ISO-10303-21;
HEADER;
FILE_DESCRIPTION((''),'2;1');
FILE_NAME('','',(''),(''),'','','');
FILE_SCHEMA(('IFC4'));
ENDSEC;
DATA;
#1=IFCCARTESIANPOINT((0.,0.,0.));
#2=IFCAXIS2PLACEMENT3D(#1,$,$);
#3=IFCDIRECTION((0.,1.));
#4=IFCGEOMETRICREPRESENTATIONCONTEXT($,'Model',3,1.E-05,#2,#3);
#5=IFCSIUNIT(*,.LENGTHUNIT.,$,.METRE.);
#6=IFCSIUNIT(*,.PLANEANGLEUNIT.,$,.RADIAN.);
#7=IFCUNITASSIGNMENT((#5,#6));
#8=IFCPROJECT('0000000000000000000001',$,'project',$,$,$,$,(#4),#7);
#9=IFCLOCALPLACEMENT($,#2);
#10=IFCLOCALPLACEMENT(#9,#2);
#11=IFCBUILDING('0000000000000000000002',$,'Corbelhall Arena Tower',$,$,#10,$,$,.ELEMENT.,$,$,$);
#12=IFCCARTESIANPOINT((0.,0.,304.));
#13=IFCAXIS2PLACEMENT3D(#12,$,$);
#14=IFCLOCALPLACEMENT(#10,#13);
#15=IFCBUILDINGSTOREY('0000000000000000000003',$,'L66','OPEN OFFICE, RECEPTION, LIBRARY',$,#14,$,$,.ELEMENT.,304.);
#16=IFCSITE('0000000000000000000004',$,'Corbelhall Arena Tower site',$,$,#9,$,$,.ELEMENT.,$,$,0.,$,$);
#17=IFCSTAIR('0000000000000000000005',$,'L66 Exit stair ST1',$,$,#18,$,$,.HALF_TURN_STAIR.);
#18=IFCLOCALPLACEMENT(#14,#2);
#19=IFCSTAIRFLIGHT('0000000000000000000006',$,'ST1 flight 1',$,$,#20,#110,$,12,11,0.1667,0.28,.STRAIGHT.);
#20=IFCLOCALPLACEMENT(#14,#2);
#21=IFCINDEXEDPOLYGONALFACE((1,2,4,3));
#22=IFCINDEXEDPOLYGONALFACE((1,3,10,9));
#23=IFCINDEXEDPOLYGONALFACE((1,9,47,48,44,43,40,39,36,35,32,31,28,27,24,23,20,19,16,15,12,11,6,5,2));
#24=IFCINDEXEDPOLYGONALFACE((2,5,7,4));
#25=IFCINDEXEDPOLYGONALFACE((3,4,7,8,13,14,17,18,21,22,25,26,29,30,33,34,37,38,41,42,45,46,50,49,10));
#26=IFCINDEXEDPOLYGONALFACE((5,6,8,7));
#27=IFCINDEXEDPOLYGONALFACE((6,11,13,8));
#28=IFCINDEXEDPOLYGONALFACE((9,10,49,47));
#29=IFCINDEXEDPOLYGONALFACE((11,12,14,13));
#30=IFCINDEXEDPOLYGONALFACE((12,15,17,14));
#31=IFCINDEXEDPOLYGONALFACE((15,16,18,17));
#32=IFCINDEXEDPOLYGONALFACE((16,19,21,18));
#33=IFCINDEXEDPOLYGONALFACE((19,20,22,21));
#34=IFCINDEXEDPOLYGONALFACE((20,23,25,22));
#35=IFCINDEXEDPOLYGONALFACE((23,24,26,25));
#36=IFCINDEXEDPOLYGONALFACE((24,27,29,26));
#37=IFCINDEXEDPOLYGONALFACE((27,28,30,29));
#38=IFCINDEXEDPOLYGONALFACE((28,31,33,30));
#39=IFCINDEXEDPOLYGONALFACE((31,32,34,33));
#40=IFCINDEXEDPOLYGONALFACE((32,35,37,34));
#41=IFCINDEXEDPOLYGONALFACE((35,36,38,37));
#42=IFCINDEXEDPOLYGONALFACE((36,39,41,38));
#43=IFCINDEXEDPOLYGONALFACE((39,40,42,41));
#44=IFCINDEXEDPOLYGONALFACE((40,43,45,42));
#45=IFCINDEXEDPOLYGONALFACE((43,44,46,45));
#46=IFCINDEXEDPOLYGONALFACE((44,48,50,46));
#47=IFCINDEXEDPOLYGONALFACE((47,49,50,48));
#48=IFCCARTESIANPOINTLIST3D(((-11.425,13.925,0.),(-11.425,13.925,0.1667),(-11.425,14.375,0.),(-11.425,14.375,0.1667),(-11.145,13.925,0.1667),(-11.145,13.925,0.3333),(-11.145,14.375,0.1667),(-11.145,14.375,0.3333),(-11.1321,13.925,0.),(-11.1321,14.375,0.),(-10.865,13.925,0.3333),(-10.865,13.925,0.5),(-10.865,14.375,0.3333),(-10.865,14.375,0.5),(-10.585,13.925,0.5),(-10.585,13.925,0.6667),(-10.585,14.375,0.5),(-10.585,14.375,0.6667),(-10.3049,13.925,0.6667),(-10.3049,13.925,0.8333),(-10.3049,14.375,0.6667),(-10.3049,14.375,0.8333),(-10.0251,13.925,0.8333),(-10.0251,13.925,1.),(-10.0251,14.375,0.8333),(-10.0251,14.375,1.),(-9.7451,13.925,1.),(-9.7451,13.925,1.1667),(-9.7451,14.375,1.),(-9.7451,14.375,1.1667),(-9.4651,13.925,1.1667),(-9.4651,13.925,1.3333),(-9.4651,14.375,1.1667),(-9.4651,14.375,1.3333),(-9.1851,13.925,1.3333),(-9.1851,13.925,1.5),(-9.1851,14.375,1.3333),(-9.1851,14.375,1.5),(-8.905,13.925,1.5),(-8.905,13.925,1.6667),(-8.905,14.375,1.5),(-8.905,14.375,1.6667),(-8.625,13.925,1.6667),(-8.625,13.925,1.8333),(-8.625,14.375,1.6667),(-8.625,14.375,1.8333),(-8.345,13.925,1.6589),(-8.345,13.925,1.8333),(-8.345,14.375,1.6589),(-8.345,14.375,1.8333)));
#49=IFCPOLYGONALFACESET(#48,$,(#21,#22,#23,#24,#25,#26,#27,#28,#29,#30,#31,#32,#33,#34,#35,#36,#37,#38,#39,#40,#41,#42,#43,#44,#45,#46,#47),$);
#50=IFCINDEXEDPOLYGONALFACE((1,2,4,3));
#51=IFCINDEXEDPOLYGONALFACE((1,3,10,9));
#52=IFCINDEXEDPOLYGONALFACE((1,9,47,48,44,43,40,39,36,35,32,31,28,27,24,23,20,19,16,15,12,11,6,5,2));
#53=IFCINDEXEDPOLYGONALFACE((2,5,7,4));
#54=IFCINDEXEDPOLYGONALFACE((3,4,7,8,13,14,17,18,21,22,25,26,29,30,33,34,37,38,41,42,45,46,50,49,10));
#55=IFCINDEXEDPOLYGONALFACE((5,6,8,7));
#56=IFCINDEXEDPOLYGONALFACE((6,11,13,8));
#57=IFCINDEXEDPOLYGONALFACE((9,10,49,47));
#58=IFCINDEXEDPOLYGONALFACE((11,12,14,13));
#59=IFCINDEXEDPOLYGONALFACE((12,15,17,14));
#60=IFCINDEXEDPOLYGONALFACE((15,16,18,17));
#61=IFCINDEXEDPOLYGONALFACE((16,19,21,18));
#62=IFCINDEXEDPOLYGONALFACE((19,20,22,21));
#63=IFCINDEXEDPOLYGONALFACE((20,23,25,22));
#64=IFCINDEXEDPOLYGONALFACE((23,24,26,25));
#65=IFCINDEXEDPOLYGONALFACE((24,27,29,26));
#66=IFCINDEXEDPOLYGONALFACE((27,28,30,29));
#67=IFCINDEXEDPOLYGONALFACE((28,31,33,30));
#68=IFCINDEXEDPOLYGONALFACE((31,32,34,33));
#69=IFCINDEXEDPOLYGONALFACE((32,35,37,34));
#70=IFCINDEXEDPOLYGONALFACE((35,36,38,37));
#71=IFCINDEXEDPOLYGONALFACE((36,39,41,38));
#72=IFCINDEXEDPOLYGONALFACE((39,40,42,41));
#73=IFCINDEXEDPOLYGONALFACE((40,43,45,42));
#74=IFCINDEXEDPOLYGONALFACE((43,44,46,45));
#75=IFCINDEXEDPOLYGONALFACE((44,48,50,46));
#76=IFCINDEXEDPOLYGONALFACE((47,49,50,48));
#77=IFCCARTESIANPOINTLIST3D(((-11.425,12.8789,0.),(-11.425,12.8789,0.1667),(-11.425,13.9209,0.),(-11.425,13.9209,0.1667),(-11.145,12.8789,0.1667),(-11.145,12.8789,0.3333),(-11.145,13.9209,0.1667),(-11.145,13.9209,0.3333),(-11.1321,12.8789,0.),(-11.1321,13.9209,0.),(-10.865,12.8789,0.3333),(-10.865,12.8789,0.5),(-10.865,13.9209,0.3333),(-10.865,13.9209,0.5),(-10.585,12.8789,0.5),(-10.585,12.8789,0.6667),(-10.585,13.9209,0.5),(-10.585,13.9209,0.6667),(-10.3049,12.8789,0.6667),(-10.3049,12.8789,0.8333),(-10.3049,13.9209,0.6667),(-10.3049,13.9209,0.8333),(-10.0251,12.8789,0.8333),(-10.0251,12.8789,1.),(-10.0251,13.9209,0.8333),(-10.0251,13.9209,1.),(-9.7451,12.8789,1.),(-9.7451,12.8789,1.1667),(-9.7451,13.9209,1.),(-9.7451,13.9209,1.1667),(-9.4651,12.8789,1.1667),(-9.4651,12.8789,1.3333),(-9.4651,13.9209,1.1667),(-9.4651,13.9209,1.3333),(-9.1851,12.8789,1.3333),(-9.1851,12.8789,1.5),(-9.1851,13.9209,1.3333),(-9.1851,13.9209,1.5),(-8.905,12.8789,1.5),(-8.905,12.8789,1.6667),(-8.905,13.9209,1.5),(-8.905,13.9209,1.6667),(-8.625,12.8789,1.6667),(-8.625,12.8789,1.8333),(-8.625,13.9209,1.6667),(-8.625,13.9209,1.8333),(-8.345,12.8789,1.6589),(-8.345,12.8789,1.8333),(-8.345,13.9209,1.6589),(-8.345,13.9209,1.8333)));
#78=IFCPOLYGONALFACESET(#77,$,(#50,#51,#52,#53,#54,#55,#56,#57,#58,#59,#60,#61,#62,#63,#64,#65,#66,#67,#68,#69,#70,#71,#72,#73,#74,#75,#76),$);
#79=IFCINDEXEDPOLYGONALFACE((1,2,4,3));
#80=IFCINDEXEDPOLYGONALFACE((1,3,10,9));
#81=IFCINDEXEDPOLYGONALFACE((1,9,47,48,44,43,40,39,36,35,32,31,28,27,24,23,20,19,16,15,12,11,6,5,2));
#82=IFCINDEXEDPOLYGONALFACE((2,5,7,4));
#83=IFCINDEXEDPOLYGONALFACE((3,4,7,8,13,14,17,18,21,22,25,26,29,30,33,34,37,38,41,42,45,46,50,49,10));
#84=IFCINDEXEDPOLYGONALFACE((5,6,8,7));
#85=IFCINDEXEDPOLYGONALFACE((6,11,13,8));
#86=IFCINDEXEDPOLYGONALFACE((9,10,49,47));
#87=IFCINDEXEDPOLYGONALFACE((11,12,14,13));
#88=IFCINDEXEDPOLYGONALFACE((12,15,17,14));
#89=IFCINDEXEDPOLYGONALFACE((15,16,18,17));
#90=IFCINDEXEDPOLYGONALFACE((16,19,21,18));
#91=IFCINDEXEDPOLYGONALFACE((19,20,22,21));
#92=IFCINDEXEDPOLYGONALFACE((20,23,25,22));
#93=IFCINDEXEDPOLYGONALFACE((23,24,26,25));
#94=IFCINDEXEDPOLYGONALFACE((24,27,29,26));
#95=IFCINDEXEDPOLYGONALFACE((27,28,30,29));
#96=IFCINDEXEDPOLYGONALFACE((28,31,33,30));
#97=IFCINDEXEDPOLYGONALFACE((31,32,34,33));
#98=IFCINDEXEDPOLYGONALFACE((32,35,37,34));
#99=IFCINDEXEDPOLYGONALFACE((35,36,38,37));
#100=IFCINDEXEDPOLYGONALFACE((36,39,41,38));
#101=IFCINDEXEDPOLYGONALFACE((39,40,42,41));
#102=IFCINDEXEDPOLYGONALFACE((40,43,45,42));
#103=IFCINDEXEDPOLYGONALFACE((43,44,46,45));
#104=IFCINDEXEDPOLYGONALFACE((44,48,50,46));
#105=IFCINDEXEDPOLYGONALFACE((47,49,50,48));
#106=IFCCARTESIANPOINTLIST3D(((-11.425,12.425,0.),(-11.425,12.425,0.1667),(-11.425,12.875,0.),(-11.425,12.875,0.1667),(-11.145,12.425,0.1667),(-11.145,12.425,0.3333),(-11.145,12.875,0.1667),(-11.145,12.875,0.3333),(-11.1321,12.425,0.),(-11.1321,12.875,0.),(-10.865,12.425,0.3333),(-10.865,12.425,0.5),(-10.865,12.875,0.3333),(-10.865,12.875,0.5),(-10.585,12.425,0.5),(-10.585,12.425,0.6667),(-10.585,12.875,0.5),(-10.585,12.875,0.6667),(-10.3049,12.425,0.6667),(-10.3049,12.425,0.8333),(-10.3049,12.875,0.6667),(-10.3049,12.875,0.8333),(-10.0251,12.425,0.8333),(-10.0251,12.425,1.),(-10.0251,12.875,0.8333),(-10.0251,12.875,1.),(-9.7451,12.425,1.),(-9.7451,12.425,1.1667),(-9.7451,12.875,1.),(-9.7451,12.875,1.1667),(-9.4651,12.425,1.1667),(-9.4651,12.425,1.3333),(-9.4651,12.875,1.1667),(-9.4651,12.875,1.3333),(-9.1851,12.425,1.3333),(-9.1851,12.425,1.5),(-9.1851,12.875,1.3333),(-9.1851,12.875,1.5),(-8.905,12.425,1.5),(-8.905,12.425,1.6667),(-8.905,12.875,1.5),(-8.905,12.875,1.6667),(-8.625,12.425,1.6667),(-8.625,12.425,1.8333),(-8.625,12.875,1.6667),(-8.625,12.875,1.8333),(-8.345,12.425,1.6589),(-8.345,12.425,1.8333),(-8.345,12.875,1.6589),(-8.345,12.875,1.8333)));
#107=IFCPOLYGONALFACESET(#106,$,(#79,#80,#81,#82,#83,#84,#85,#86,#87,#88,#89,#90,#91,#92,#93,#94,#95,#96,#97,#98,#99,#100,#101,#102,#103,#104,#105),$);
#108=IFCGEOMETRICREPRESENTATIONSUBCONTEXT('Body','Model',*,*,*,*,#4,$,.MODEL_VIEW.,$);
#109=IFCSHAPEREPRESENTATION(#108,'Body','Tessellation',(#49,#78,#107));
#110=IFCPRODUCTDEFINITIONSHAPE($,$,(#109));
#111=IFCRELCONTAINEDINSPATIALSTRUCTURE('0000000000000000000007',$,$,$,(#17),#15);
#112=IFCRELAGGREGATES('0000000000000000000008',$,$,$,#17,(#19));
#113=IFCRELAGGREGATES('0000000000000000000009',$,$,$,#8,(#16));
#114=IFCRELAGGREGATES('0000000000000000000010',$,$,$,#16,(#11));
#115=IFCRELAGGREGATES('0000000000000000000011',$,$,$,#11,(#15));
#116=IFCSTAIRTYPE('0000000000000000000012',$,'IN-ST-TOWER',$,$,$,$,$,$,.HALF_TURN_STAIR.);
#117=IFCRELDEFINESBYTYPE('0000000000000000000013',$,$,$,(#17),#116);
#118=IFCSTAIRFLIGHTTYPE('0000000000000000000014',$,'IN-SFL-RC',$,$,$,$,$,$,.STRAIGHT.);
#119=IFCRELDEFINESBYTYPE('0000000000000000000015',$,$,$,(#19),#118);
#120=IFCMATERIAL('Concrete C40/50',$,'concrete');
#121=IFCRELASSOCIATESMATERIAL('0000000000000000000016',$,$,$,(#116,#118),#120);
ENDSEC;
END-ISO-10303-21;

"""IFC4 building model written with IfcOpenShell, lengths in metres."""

from ifc_helpers import new_model, si_unit, direction, frame, origin, place, context, subcontext, project, spatial, polyline, outline, extrude, material, type_object, element, aggregate, save


model = new_model("IFC4")

# Units and contexts
model_context = context("Model", 3, precision=1e-05, world=origin(), true_north=direction((0.0, 1.0)))
body_context = subcontext(model_context, "Body", "Model", "MODEL_VIEW")
ifc_project = project(units=[si_unit("LENGTHUNIT", "METRE"), si_unit("PLANEANGLEUNIT", "RADIAN")], contexts=[model_context])

# Site, building, storey
site_placement = place(None, origin())
site = spatial("IfcSite", under=ifc_project, at=site_placement, Name="Corbelhall Arena Tower site", CompositionType="ELEMENT", RefElevation=0.0)
building_placement = place(site_placement, origin())
building = spatial("IfcBuilding", under=site, at=building_placement, Name="Corbelhall Arena Tower", CompositionType="ELEMENT")
storey_placement = place(building_placement, frame((0.0, 0.0, 304.0)))
storey = spatial("IfcBuildingStorey", under=building, at=storey_placement, Name="L66", Description="OPEN OFFICE, RECEPTION, LIBRARY", CompositionType="ELEMENT", Elevation=304.0)

# Shared definitions
ifc_material_1 = material(Name="Concrete C40/50", Category="concrete")

# Stair, stair flight
stair_type = type_object("IfcStairType", Name="IN-ST-TOWER", PredefinedType="HALF_TURN_STAIR", material=ifc_material_1)
stair_placement = place(storey_placement, origin())
stair = element("IfcStair", 1, at=stair_placement, inside=storey, type_object=stair_type, Name="L66 Exit stair ST1", PredefinedType="HALF_TURN_STAIR")
stair_flight_type = type_object("IfcStairFlightType", Name="IN-SFL-RC", PredefinedType="STRAIGHT", material=ifc_material_1)
stair_flight_placement = place(storey_placement, frame((-11.425, 13.3999, 0.0), z_axis=(0.0, 0.0, 1.0), x_axis=(1.0, 0.0, 0.0)))
stair_flight = element("IfcStairFlight", 2, at=stair_flight_placement, type_object=stair_flight_type, Name="ST1 flight 1", NumberOfRisers=12, NumberOfTreads=11, PredefinedType="STRAIGHT", RiserHeight=0.1667, TreadLength=0.28, context=body_context, shape_type="SweptSolid", body=[
    extrude(outline(polyline([(0.0, 0.0), (0.0, 0.1667), (0.28, 0.1667), (0.28, 0.3333), (0.5601, 0.3333), (0.5601, 0.5), (0.8401, 0.5), (0.8401, 0.6667), (1.1201, 0.6667), (1.1201, 0.8333), (1.3999, 0.8333), (1.3999, 1.0), (1.6799, 1.0), (1.6799, 1.1667), (1.96, 1.1667), (1.96, 1.3333), (2.24, 1.3333), (2.24, 1.5), (2.52, 1.5), (2.52, 1.6667), (2.8, 1.6667), (2.8, 1.8333), (3.0801, 1.8333), (3.0801, 2.0), (3.0801, 1.6589), (0.293, 0.0), (0.0, 0.0)])), frame((0.0, 0.9751, 0.0), z_axis=(0.0, -1.0, 0.0), x_axis=(1.0, 0.0, 0.0)), (0.0, 0.0, 1.0), 0.45),
    extrude(outline(polyline([(0.0, 0.0), (0.0, 0.1667), (0.28, 0.1667), (0.28, 0.3333), (0.5601, 0.3333), (0.5601, 0.5), (0.8401, 0.5), (0.8401, 0.6667), (1.1201, 0.6667), (1.1201, 0.8333), (1.3999, 0.8333), (1.3999, 1.0), (1.6799, 1.0), (1.6799, 1.1667), (1.96, 1.1667), (1.96, 1.3333), (2.24, 1.3333), (2.24, 1.5), (2.52, 1.5), (2.52, 1.6667), (2.8, 1.6667), (2.8, 1.8333), (3.0801, 1.8333), (3.0801, 2.0), (3.0801, 1.6589), (0.293, 0.0), (0.0, 0.0)])), frame((0.0, 0.521, 0.0), z_axis=(0.0, -1.0, 0.0), x_axis=(1.0, 0.0, 0.0)), (0.0, 0.0, 1.0), 1.042),
    extrude(outline(polyline([(0.0, 0.0), (0.0, 0.1667), (0.28, 0.1667), (0.28, 0.3333), (0.5601, 0.3333), (0.5601, 0.5), (0.8401, 0.5), (0.8401, 0.6667), (1.1201, 0.6667), (1.1201, 0.8333), (1.3999, 0.8333), (1.3999, 1.0), (1.6799, 1.0), (1.6799, 1.1667), (1.96, 1.1667), (1.96, 1.3333), (2.24, 1.3333), (2.24, 1.5), (2.52, 1.5), (2.52, 1.6667), (2.8, 1.6667), (2.8, 1.8333), (3.0801, 1.8333), (3.0801, 2.0), (3.0801, 1.6589), (0.293, 0.0), (0.0, 0.0)])), frame((0.0, -0.5249, 0.0), z_axis=(0.0, -1.0, 0.0), x_axis=(1.0, 0.0, 0.0)), (0.0, 0.0, 1.0), 0.45),
])
aggregate(stair, [stair_flight])

save(model, "model.ifc")
